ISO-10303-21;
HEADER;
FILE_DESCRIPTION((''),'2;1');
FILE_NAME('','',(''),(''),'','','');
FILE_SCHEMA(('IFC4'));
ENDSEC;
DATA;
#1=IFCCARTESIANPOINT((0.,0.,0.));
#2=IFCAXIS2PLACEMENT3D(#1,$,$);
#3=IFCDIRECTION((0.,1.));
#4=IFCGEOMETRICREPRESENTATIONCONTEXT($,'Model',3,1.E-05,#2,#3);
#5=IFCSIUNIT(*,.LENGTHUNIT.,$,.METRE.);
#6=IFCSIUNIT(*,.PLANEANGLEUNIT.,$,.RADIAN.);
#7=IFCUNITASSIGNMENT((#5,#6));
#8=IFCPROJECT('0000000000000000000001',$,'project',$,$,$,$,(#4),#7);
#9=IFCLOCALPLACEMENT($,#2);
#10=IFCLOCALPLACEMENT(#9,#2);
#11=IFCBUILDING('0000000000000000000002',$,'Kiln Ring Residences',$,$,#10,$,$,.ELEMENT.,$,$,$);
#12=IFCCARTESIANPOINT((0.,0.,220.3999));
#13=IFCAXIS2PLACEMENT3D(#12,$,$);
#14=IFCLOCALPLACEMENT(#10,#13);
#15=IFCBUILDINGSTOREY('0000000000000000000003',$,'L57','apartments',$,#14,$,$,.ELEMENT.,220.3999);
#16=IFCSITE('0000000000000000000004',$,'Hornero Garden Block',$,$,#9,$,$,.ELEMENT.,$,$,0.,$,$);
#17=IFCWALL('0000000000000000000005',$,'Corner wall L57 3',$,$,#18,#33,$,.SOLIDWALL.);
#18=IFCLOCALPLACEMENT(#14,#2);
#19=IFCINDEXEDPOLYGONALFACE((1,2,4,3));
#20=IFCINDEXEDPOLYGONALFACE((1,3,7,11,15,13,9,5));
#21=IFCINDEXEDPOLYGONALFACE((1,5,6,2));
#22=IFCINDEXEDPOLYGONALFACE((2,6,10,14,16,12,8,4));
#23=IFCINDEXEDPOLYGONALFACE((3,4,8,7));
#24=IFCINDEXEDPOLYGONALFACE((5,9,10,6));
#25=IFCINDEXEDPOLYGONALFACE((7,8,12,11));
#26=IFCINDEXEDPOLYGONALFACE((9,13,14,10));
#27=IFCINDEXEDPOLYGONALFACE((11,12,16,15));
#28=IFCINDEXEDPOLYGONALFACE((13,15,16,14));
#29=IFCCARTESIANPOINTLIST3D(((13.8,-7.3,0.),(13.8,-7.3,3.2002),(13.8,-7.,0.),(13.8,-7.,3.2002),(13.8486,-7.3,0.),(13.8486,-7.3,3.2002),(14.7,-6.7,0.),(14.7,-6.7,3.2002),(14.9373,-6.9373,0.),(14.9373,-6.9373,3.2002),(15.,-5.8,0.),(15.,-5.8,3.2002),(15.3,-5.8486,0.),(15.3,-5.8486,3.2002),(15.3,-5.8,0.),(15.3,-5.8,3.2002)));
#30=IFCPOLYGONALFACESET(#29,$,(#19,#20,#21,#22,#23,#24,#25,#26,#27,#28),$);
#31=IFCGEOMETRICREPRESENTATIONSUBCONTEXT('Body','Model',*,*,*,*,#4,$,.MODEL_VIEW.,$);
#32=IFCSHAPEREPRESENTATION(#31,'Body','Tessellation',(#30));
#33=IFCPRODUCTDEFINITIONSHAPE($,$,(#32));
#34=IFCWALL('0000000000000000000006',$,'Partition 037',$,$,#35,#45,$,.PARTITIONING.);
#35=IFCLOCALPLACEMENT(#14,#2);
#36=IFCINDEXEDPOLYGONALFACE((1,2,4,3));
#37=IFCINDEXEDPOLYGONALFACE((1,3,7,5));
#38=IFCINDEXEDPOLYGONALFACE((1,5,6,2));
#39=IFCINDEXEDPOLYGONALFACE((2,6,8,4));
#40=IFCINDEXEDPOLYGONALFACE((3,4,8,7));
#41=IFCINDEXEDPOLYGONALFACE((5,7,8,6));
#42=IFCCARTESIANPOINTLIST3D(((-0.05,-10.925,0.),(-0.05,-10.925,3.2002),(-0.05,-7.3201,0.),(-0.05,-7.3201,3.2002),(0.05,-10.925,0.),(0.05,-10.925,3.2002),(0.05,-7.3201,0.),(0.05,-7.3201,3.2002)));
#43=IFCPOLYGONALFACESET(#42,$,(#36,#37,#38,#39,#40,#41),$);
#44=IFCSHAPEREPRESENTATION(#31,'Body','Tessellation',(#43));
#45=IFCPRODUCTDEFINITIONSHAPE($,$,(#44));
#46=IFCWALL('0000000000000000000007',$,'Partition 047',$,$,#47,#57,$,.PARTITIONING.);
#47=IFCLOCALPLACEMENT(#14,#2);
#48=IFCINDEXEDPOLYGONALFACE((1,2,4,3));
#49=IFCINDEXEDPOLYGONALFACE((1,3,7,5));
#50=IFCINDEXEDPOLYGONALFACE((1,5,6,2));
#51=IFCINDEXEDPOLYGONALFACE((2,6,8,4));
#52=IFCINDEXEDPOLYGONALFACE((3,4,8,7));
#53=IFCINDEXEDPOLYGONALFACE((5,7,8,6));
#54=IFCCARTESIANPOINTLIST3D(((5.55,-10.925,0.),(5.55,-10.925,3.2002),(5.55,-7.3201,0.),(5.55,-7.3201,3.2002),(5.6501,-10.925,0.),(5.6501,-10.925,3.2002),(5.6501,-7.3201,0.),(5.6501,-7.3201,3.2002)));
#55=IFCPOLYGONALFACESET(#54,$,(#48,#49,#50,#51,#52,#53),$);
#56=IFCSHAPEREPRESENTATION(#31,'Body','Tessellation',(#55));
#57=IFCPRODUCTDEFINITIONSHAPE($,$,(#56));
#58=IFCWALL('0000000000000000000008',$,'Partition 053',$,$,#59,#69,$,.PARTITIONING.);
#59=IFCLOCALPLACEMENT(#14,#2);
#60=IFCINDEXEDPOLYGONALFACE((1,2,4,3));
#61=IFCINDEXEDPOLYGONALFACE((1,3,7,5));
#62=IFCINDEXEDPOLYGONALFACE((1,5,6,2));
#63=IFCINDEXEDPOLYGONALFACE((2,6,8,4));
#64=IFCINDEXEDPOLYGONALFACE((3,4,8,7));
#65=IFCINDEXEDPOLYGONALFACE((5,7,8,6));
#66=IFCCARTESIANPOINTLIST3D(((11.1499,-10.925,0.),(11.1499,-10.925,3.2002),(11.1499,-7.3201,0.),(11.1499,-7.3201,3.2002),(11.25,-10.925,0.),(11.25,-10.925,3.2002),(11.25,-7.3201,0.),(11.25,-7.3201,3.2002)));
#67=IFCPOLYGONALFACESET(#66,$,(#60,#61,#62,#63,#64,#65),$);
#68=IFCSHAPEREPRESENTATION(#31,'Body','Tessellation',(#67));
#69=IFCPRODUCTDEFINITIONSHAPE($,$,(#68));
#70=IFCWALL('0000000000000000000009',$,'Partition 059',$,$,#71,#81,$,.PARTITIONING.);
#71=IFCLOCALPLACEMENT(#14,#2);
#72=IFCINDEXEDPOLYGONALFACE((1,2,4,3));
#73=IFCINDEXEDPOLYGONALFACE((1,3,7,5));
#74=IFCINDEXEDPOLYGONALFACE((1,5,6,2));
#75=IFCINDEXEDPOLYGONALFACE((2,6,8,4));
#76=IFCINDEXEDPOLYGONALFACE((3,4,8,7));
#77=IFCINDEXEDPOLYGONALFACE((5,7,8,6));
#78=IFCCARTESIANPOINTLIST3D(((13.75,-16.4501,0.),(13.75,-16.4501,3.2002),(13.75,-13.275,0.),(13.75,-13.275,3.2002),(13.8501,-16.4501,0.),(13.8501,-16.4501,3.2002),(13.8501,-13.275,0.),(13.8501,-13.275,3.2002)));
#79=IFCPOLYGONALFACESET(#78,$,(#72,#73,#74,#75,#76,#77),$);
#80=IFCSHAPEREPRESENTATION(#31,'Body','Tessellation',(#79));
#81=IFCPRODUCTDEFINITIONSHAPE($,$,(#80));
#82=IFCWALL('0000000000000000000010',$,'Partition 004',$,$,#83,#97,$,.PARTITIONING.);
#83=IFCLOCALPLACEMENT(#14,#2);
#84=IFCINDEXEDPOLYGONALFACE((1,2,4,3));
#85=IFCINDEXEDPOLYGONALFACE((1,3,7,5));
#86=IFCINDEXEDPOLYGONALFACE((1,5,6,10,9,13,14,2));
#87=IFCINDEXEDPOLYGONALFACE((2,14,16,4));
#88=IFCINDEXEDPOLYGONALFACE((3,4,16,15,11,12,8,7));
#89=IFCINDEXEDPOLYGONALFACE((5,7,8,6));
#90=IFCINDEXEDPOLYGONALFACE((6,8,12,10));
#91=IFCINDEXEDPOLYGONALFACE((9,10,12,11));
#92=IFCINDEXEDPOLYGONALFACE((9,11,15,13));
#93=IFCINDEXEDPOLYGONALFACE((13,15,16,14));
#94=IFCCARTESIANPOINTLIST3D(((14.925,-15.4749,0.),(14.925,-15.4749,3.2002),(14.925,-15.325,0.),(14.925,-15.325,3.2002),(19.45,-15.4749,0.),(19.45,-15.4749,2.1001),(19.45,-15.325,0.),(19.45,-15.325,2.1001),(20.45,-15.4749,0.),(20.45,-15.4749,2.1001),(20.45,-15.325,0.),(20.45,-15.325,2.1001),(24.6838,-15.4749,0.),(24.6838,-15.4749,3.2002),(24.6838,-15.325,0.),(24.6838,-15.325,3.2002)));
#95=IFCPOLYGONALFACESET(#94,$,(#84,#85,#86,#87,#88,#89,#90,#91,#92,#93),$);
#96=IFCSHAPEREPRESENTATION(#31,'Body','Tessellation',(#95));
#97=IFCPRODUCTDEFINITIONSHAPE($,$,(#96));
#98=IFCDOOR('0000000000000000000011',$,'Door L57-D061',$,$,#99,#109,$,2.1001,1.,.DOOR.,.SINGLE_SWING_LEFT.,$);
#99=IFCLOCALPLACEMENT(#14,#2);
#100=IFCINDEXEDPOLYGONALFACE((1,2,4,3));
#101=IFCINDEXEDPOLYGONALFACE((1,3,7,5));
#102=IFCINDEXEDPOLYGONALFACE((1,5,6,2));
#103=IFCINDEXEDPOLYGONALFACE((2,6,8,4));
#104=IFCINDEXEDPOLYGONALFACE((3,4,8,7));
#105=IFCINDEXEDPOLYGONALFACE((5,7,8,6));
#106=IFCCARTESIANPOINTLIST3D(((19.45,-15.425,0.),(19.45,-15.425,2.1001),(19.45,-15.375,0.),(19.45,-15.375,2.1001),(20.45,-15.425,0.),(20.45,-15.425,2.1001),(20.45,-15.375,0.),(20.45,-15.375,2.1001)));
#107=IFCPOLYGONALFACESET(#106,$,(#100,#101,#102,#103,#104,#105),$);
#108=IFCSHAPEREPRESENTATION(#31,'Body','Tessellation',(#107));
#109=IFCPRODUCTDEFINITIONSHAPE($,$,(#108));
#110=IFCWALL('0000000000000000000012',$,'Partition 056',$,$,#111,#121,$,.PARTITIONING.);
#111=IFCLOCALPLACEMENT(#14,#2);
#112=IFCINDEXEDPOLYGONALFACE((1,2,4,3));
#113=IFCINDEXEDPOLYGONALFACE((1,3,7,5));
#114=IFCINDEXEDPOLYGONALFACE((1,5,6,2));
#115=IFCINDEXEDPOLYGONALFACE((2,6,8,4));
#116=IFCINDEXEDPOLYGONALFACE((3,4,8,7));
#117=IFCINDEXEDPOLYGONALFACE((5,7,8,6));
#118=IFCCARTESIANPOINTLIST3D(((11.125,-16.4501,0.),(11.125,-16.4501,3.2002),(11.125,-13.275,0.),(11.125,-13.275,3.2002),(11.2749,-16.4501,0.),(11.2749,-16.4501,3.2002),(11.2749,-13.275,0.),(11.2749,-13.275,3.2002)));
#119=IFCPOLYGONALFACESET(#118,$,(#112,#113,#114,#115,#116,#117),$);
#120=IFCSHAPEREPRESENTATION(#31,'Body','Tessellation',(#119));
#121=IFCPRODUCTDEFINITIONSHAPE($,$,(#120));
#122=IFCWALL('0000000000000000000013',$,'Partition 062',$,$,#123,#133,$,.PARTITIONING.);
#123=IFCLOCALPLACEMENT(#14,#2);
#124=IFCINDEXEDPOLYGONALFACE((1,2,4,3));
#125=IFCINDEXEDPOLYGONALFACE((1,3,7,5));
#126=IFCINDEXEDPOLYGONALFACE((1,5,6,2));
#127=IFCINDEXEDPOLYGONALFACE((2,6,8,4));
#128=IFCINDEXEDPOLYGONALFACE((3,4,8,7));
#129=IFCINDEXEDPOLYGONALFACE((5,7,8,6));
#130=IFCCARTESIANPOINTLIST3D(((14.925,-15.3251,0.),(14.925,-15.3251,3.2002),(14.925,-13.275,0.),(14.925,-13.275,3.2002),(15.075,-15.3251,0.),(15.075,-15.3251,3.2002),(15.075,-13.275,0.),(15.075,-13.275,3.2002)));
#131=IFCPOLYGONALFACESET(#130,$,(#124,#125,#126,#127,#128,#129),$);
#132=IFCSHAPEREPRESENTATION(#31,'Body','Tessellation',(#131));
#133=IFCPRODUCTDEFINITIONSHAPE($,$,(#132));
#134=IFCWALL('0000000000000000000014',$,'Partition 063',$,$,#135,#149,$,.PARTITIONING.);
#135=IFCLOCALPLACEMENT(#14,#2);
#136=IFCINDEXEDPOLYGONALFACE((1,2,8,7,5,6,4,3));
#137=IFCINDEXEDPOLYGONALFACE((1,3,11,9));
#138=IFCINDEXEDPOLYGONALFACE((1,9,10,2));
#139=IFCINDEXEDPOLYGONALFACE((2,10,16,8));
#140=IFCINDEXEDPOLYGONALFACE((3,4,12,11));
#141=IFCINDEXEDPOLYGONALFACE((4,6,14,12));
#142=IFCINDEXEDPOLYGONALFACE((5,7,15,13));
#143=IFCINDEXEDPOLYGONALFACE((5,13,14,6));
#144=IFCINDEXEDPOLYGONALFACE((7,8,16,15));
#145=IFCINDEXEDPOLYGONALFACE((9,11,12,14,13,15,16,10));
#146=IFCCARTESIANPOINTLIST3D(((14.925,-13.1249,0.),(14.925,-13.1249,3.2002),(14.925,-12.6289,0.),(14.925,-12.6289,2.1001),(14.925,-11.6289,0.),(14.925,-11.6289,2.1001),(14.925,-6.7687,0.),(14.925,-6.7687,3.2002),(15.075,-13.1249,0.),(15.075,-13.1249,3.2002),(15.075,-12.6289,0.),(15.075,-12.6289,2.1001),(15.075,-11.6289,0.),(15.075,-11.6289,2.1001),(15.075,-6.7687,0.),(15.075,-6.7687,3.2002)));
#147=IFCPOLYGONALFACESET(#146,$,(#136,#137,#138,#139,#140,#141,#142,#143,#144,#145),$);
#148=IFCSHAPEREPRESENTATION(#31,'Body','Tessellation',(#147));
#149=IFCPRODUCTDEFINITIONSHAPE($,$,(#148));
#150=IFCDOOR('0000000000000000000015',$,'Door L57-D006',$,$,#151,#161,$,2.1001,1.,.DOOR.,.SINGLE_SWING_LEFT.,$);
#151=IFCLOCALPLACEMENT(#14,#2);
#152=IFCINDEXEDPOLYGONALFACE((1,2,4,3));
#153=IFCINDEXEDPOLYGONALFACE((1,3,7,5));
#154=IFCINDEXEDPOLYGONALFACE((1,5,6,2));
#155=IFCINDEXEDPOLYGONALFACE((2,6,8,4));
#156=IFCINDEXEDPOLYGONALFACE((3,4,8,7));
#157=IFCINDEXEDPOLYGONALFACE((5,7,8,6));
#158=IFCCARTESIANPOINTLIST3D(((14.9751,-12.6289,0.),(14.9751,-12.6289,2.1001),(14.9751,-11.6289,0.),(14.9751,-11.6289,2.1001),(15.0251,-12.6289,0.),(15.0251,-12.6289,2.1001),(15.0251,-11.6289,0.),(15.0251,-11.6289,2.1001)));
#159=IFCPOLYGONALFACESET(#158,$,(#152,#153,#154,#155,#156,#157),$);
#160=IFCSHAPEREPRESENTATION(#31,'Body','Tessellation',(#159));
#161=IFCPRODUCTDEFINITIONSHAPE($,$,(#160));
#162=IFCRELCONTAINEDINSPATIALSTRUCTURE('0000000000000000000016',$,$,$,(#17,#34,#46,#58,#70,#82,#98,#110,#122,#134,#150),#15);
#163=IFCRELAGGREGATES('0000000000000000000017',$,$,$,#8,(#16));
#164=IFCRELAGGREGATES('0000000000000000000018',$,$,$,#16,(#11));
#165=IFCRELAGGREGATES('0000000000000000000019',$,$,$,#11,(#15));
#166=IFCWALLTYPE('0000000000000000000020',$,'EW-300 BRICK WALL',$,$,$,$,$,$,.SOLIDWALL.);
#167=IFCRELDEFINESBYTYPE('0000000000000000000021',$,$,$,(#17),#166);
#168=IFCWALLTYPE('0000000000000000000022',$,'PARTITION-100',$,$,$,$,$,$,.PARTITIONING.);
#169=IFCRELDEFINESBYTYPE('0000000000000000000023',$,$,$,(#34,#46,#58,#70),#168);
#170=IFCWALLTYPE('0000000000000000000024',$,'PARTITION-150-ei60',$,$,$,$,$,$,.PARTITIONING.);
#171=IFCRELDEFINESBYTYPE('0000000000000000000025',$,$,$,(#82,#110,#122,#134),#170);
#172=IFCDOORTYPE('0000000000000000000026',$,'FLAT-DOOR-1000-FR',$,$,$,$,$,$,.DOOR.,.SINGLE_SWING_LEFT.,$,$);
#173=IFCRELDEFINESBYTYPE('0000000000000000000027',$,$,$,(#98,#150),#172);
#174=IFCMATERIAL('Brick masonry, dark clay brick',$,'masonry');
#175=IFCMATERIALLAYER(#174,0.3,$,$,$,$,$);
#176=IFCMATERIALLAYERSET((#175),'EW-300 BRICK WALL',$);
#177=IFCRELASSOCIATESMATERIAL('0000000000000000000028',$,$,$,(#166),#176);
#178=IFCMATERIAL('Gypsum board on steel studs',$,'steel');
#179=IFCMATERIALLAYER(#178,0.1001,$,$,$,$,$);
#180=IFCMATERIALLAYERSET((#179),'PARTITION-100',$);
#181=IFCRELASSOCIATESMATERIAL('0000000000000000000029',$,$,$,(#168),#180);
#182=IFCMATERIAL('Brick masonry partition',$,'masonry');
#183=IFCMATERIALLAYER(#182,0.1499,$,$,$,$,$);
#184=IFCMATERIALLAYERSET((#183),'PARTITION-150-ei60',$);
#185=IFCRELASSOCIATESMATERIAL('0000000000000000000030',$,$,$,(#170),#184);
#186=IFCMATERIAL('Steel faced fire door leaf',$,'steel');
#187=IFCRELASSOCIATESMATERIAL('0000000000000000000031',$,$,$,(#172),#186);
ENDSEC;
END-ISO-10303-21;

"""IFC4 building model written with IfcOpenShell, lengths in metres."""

from ifc_helpers import new_model, si_unit, direction, frame, frame_2d, origin, place, context, subcontext, project, spatial, polyline, rectangle, outline, extrude, material, layer, layer_set, type_object, element, fill, save


model = new_model("IFC4")

# Units and contexts
model_context = context("Model", 3, precision=1e-05, world=origin(), true_north=direction((0.0, 1.0)))
body_context = subcontext(model_context, "Body", "Model", "MODEL_VIEW")
ifc_project = project(units=[si_unit("LENGTHUNIT", "METRE"), si_unit("PLANEANGLEUNIT", "RADIAN")], contexts=[model_context])

# Site, building, storey
site_placement = place(None, origin())
site = spatial("IfcSite", under=ifc_project, at=site_placement, Name="Hornero Garden Block", CompositionType="ELEMENT", RefElevation=0.0)
building_placement = place(site_placement, origin())
building = spatial("IfcBuilding", under=site, at=building_placement, Name="Kiln Ring Residences", CompositionType="ELEMENT")
storey_placement = place(building_placement, frame((0.0, 0.0, 220.3999)))
storey = spatial("IfcBuildingStorey", under=building, at=storey_placement, Name="L57", Description="apartments", CompositionType="ELEMENT", Elevation=220.3999)

# Shared definitions
placement = place(storey_placement, origin())

# Shared definitions
ifc_material_1 = material(Name="Brick masonry, dark clay brick", Category="masonry")
ifc_layer_1 = layer(ifc_material_1, 0.3)
ifc_layer_set_1 = layer_set([ifc_layer_1], Name="EW-300 BRICK WALL")
wall_type_1 = type_object("IfcWallType", Name="EW-300 BRICK WALL", PredefinedType="SOLIDWALL", material=ifc_layer_set_1)

# Walls
element("IfcWall", 1, at=placement, inside=storey, type_object=wall_type_1, Name="Corner wall L57 3", PredefinedType="SOLIDWALL", context=body_context, shape_type="SweptSolid", body=[
    extrude(outline(polyline([(14.9373, -6.9373), (15.3, -5.8486), (15.3, -5.8), (15.0, -5.8), (14.7, -6.7), (13.8, -7.0), (13.8, -7.3), (13.8486, -7.3), (14.9373, -6.9373)])), origin(), (0.0, 0.0, 1.0), 3.2002),
])
ifc_material_2 = material(Name="Gypsum board on steel studs", Category="steel")
ifc_layer_2 = layer(ifc_material_2, 0.1001)
ifc_layer_set_2 = layer_set([ifc_layer_2], Name="PARTITION-100")
wall_type_2 = type_object("IfcWallType", Name="PARTITION-100", PredefinedType="PARTITIONING", material=ifc_layer_set_2)
for number, where, z_axis, x_axis, name in (
    (2, (0.0, -10.925, 0.0), (0.0, 0.0, 1.0), (0.0, 1.0, 0.0), "Partition 037"),
    (3, (5.6001, -10.925, 0.0), (0.0, 0.0, 1.0), (0.0, 1.0, 0.0), "Partition 047"),
    (4, (11.2, -10.925, 0.0), (0.0, 0.0, 1.0), (0.0, 1.0, 0.0), "Partition 053"),
):
    element("IfcWall", number, at=place(storey_placement, frame(where, z_axis=z_axis, x_axis=x_axis)), inside=storey, type_object=wall_type_2, Name=name, PredefinedType="PARTITIONING", context=body_context, shape_type="SweptSolid", body=[
        extrude(rectangle(XDim=3.605, YDim=0.1001, at=frame_2d((1.8025, 0.0))), origin(), (0.0, 0.0, 1.0), 3.2002),
    ])
wall_1_placement = place(storey_placement, frame((13.8, -16.45, 0.0), z_axis=(0.0, 0.0, 1.0), x_axis=(0.0, 1.0, 0.0)))
element("IfcWall", 5, at=wall_1_placement, inside=storey, type_object=wall_type_2, Name="Partition 059", PredefinedType="PARTITIONING", context=body_context, shape_type="SweptSolid", body=[
    extrude(rectangle(XDim=3.175, YDim=0.1001, at=frame_2d((1.5874, 0.0))), origin(), (0.0, 0.0, 1.0), 3.2002),
])

# Wall, opening, door
ifc_material_3 = material(Name="Brick masonry partition", Category="masonry")
ifc_layer_3 = layer(ifc_material_3, 0.1499)
ifc_layer_set_3 = layer_set([ifc_layer_3], Name="PARTITION-150-ei60")
wall_type_3 = type_object("IfcWallType", Name="PARTITION-150-ei60", PredefinedType="PARTITIONING", material=ifc_layer_set_3)
wall_2_placement = place(storey_placement, frame((14.925, -15.3999, 0.0), z_axis=(0.0, 0.0, 1.0), x_axis=(1.0, 0.0, 0.0)))
wall_2 = element("IfcWall", 6, at=wall_2_placement, inside=storey, type_object=wall_type_3, Name="Partition 004", PredefinedType="PARTITIONING", context=body_context, shape_type="SweptSolid", body=[
    extrude(rectangle(XDim=9.7588, YDim=0.1499, at=frame_2d((4.8794, 0.0))), origin(), (0.0, 0.0, 1.0), 3.2002),
])
opening_1_placement = place(wall_2_placement, frame((4.5249, 0.0, 0.0)))
opening_1 = element("IfcOpeningElement", 7, at=opening_1_placement, cuts=wall_2, PredefinedType="OPENING", context=body_context, shape_type="SweptSolid", body=[
    extrude(rectangle(XDim=1.0, YDim=2.1001, at=frame_2d((0.5, 1.05))), frame((0.0, 0.085, 0.0), z_axis=(0.0, -1.0, 0.0), x_axis=(1.0, 0.0, 0.0)), (0.0, 0.0, 1.0), 0.1699),
])
ifc_material_4 = material(Name="Steel faced fire door leaf", Category="steel")
door_type = type_object("IfcDoorType", Name="FLAT-DOOR-1000-FR", OperationType="SINGLE_SWING_LEFT", PredefinedType="DOOR", material=ifc_material_4)
door_1_placement = place(opening_1_placement, origin())
door_1 = element("IfcDoor", 8, at=door_1_placement, inside=storey, type_object=door_type, Name="Door L57-D061", OperationType="SINGLE_SWING_LEFT", OverallHeight=2.1001, OverallWidth=1.0, PredefinedType="DOOR", context=body_context, shape_type="SweptSolid", body=[
    extrude(rectangle(XDim=1.0, YDim=2.1001, at=frame_2d((0.5, 1.05))), frame((0.0, 0.0249, 0.0), z_axis=(0.0, -1.0, 0.0), x_axis=(1.0, 0.0, 0.0)), (0.0, 0.0, 1.0), 0.05),
])
fill(opening_1, door_1)

# Walls
wall_3_placement = place(storey_placement, frame((11.2, -16.45, 0.0), z_axis=(0.0, 0.0, 1.0), x_axis=(0.0, 1.0, 0.0)))
element("IfcWall", 9, at=wall_3_placement, inside=storey, type_object=wall_type_3, Name="Partition 056", PredefinedType="PARTITIONING", context=body_context, shape_type="SweptSolid", body=[
    extrude(rectangle(XDim=3.175, YDim=0.1499, at=frame_2d((1.5874, 0.0))), origin(), (0.0, 0.0, 1.0), 3.2002),
])
wall_4_placement = place(storey_placement, frame((15.0, -15.325, 0.0), z_axis=(0.0, 0.0, 1.0), x_axis=(0.0, 1.0, 0.0)))
element("IfcWall", 10, at=wall_4_placement, inside=storey, type_object=wall_type_3, Name="Partition 062", PredefinedType="PARTITIONING", context=body_context, shape_type="SweptSolid", body=[
    extrude(rectangle(XDim=2.05, YDim=0.1499, at=frame_2d((1.0249, 0.0))), origin(), (0.0, 0.0, 1.0), 3.2002),
])

# Wall, opening, door
wall_5_placement = place(storey_placement, frame((15.0, -13.125, 0.0), z_axis=(0.0, 0.0, 1.0), x_axis=(0.0, 1.0, 0.0)))
wall_5 = element("IfcWall", 11, at=wall_5_placement, inside=storey, type_object=wall_type_3, Name="Partition 063", PredefinedType="PARTITIONING", context=body_context, shape_type="SweptSolid", body=[
    extrude(rectangle(XDim=6.3562, YDim=0.1499, at=frame_2d((3.1782, 0.0))), origin(), (0.0, 0.0, 1.0), 3.2002),
])
opening_2_placement = place(wall_5_placement, frame((0.4961, 0.0, 0.0)))
opening_2 = element("IfcOpeningElement", 12, at=opening_2_placement, cuts=wall_5, PredefinedType="OPENING", context=body_context, shape_type="SweptSolid", body=[
    extrude(rectangle(XDim=1.0, YDim=2.1001, at=frame_2d((0.5, 1.05))), frame((0.0, 0.085, 0.0), z_axis=(0.0, -1.0, 0.0), x_axis=(1.0, 0.0, 0.0)), (0.0, 0.0, 1.0), 0.1699),
])
door_2_placement = place(opening_2_placement, origin())
door_2 = element("IfcDoor", 13, at=door_2_placement, inside=storey, type_object=door_type, Name="Door L57-D006", OperationType="SINGLE_SWING_LEFT", OverallHeight=2.1001, OverallWidth=1.0, PredefinedType="DOOR", context=body_context, shape_type="SweptSolid", body=[
    extrude(rectangle(XDim=1.0, YDim=2.1001, at=frame_2d((0.5, 1.05))), frame((0.0, 0.0249, 0.0), z_axis=(0.0, -1.0, 0.0), x_axis=(1.0, 0.0, 0.0)), (0.0, 0.0, 1.0), 0.05),
])
fill(opening_2, door_2)

save(model, "model.ifc")
